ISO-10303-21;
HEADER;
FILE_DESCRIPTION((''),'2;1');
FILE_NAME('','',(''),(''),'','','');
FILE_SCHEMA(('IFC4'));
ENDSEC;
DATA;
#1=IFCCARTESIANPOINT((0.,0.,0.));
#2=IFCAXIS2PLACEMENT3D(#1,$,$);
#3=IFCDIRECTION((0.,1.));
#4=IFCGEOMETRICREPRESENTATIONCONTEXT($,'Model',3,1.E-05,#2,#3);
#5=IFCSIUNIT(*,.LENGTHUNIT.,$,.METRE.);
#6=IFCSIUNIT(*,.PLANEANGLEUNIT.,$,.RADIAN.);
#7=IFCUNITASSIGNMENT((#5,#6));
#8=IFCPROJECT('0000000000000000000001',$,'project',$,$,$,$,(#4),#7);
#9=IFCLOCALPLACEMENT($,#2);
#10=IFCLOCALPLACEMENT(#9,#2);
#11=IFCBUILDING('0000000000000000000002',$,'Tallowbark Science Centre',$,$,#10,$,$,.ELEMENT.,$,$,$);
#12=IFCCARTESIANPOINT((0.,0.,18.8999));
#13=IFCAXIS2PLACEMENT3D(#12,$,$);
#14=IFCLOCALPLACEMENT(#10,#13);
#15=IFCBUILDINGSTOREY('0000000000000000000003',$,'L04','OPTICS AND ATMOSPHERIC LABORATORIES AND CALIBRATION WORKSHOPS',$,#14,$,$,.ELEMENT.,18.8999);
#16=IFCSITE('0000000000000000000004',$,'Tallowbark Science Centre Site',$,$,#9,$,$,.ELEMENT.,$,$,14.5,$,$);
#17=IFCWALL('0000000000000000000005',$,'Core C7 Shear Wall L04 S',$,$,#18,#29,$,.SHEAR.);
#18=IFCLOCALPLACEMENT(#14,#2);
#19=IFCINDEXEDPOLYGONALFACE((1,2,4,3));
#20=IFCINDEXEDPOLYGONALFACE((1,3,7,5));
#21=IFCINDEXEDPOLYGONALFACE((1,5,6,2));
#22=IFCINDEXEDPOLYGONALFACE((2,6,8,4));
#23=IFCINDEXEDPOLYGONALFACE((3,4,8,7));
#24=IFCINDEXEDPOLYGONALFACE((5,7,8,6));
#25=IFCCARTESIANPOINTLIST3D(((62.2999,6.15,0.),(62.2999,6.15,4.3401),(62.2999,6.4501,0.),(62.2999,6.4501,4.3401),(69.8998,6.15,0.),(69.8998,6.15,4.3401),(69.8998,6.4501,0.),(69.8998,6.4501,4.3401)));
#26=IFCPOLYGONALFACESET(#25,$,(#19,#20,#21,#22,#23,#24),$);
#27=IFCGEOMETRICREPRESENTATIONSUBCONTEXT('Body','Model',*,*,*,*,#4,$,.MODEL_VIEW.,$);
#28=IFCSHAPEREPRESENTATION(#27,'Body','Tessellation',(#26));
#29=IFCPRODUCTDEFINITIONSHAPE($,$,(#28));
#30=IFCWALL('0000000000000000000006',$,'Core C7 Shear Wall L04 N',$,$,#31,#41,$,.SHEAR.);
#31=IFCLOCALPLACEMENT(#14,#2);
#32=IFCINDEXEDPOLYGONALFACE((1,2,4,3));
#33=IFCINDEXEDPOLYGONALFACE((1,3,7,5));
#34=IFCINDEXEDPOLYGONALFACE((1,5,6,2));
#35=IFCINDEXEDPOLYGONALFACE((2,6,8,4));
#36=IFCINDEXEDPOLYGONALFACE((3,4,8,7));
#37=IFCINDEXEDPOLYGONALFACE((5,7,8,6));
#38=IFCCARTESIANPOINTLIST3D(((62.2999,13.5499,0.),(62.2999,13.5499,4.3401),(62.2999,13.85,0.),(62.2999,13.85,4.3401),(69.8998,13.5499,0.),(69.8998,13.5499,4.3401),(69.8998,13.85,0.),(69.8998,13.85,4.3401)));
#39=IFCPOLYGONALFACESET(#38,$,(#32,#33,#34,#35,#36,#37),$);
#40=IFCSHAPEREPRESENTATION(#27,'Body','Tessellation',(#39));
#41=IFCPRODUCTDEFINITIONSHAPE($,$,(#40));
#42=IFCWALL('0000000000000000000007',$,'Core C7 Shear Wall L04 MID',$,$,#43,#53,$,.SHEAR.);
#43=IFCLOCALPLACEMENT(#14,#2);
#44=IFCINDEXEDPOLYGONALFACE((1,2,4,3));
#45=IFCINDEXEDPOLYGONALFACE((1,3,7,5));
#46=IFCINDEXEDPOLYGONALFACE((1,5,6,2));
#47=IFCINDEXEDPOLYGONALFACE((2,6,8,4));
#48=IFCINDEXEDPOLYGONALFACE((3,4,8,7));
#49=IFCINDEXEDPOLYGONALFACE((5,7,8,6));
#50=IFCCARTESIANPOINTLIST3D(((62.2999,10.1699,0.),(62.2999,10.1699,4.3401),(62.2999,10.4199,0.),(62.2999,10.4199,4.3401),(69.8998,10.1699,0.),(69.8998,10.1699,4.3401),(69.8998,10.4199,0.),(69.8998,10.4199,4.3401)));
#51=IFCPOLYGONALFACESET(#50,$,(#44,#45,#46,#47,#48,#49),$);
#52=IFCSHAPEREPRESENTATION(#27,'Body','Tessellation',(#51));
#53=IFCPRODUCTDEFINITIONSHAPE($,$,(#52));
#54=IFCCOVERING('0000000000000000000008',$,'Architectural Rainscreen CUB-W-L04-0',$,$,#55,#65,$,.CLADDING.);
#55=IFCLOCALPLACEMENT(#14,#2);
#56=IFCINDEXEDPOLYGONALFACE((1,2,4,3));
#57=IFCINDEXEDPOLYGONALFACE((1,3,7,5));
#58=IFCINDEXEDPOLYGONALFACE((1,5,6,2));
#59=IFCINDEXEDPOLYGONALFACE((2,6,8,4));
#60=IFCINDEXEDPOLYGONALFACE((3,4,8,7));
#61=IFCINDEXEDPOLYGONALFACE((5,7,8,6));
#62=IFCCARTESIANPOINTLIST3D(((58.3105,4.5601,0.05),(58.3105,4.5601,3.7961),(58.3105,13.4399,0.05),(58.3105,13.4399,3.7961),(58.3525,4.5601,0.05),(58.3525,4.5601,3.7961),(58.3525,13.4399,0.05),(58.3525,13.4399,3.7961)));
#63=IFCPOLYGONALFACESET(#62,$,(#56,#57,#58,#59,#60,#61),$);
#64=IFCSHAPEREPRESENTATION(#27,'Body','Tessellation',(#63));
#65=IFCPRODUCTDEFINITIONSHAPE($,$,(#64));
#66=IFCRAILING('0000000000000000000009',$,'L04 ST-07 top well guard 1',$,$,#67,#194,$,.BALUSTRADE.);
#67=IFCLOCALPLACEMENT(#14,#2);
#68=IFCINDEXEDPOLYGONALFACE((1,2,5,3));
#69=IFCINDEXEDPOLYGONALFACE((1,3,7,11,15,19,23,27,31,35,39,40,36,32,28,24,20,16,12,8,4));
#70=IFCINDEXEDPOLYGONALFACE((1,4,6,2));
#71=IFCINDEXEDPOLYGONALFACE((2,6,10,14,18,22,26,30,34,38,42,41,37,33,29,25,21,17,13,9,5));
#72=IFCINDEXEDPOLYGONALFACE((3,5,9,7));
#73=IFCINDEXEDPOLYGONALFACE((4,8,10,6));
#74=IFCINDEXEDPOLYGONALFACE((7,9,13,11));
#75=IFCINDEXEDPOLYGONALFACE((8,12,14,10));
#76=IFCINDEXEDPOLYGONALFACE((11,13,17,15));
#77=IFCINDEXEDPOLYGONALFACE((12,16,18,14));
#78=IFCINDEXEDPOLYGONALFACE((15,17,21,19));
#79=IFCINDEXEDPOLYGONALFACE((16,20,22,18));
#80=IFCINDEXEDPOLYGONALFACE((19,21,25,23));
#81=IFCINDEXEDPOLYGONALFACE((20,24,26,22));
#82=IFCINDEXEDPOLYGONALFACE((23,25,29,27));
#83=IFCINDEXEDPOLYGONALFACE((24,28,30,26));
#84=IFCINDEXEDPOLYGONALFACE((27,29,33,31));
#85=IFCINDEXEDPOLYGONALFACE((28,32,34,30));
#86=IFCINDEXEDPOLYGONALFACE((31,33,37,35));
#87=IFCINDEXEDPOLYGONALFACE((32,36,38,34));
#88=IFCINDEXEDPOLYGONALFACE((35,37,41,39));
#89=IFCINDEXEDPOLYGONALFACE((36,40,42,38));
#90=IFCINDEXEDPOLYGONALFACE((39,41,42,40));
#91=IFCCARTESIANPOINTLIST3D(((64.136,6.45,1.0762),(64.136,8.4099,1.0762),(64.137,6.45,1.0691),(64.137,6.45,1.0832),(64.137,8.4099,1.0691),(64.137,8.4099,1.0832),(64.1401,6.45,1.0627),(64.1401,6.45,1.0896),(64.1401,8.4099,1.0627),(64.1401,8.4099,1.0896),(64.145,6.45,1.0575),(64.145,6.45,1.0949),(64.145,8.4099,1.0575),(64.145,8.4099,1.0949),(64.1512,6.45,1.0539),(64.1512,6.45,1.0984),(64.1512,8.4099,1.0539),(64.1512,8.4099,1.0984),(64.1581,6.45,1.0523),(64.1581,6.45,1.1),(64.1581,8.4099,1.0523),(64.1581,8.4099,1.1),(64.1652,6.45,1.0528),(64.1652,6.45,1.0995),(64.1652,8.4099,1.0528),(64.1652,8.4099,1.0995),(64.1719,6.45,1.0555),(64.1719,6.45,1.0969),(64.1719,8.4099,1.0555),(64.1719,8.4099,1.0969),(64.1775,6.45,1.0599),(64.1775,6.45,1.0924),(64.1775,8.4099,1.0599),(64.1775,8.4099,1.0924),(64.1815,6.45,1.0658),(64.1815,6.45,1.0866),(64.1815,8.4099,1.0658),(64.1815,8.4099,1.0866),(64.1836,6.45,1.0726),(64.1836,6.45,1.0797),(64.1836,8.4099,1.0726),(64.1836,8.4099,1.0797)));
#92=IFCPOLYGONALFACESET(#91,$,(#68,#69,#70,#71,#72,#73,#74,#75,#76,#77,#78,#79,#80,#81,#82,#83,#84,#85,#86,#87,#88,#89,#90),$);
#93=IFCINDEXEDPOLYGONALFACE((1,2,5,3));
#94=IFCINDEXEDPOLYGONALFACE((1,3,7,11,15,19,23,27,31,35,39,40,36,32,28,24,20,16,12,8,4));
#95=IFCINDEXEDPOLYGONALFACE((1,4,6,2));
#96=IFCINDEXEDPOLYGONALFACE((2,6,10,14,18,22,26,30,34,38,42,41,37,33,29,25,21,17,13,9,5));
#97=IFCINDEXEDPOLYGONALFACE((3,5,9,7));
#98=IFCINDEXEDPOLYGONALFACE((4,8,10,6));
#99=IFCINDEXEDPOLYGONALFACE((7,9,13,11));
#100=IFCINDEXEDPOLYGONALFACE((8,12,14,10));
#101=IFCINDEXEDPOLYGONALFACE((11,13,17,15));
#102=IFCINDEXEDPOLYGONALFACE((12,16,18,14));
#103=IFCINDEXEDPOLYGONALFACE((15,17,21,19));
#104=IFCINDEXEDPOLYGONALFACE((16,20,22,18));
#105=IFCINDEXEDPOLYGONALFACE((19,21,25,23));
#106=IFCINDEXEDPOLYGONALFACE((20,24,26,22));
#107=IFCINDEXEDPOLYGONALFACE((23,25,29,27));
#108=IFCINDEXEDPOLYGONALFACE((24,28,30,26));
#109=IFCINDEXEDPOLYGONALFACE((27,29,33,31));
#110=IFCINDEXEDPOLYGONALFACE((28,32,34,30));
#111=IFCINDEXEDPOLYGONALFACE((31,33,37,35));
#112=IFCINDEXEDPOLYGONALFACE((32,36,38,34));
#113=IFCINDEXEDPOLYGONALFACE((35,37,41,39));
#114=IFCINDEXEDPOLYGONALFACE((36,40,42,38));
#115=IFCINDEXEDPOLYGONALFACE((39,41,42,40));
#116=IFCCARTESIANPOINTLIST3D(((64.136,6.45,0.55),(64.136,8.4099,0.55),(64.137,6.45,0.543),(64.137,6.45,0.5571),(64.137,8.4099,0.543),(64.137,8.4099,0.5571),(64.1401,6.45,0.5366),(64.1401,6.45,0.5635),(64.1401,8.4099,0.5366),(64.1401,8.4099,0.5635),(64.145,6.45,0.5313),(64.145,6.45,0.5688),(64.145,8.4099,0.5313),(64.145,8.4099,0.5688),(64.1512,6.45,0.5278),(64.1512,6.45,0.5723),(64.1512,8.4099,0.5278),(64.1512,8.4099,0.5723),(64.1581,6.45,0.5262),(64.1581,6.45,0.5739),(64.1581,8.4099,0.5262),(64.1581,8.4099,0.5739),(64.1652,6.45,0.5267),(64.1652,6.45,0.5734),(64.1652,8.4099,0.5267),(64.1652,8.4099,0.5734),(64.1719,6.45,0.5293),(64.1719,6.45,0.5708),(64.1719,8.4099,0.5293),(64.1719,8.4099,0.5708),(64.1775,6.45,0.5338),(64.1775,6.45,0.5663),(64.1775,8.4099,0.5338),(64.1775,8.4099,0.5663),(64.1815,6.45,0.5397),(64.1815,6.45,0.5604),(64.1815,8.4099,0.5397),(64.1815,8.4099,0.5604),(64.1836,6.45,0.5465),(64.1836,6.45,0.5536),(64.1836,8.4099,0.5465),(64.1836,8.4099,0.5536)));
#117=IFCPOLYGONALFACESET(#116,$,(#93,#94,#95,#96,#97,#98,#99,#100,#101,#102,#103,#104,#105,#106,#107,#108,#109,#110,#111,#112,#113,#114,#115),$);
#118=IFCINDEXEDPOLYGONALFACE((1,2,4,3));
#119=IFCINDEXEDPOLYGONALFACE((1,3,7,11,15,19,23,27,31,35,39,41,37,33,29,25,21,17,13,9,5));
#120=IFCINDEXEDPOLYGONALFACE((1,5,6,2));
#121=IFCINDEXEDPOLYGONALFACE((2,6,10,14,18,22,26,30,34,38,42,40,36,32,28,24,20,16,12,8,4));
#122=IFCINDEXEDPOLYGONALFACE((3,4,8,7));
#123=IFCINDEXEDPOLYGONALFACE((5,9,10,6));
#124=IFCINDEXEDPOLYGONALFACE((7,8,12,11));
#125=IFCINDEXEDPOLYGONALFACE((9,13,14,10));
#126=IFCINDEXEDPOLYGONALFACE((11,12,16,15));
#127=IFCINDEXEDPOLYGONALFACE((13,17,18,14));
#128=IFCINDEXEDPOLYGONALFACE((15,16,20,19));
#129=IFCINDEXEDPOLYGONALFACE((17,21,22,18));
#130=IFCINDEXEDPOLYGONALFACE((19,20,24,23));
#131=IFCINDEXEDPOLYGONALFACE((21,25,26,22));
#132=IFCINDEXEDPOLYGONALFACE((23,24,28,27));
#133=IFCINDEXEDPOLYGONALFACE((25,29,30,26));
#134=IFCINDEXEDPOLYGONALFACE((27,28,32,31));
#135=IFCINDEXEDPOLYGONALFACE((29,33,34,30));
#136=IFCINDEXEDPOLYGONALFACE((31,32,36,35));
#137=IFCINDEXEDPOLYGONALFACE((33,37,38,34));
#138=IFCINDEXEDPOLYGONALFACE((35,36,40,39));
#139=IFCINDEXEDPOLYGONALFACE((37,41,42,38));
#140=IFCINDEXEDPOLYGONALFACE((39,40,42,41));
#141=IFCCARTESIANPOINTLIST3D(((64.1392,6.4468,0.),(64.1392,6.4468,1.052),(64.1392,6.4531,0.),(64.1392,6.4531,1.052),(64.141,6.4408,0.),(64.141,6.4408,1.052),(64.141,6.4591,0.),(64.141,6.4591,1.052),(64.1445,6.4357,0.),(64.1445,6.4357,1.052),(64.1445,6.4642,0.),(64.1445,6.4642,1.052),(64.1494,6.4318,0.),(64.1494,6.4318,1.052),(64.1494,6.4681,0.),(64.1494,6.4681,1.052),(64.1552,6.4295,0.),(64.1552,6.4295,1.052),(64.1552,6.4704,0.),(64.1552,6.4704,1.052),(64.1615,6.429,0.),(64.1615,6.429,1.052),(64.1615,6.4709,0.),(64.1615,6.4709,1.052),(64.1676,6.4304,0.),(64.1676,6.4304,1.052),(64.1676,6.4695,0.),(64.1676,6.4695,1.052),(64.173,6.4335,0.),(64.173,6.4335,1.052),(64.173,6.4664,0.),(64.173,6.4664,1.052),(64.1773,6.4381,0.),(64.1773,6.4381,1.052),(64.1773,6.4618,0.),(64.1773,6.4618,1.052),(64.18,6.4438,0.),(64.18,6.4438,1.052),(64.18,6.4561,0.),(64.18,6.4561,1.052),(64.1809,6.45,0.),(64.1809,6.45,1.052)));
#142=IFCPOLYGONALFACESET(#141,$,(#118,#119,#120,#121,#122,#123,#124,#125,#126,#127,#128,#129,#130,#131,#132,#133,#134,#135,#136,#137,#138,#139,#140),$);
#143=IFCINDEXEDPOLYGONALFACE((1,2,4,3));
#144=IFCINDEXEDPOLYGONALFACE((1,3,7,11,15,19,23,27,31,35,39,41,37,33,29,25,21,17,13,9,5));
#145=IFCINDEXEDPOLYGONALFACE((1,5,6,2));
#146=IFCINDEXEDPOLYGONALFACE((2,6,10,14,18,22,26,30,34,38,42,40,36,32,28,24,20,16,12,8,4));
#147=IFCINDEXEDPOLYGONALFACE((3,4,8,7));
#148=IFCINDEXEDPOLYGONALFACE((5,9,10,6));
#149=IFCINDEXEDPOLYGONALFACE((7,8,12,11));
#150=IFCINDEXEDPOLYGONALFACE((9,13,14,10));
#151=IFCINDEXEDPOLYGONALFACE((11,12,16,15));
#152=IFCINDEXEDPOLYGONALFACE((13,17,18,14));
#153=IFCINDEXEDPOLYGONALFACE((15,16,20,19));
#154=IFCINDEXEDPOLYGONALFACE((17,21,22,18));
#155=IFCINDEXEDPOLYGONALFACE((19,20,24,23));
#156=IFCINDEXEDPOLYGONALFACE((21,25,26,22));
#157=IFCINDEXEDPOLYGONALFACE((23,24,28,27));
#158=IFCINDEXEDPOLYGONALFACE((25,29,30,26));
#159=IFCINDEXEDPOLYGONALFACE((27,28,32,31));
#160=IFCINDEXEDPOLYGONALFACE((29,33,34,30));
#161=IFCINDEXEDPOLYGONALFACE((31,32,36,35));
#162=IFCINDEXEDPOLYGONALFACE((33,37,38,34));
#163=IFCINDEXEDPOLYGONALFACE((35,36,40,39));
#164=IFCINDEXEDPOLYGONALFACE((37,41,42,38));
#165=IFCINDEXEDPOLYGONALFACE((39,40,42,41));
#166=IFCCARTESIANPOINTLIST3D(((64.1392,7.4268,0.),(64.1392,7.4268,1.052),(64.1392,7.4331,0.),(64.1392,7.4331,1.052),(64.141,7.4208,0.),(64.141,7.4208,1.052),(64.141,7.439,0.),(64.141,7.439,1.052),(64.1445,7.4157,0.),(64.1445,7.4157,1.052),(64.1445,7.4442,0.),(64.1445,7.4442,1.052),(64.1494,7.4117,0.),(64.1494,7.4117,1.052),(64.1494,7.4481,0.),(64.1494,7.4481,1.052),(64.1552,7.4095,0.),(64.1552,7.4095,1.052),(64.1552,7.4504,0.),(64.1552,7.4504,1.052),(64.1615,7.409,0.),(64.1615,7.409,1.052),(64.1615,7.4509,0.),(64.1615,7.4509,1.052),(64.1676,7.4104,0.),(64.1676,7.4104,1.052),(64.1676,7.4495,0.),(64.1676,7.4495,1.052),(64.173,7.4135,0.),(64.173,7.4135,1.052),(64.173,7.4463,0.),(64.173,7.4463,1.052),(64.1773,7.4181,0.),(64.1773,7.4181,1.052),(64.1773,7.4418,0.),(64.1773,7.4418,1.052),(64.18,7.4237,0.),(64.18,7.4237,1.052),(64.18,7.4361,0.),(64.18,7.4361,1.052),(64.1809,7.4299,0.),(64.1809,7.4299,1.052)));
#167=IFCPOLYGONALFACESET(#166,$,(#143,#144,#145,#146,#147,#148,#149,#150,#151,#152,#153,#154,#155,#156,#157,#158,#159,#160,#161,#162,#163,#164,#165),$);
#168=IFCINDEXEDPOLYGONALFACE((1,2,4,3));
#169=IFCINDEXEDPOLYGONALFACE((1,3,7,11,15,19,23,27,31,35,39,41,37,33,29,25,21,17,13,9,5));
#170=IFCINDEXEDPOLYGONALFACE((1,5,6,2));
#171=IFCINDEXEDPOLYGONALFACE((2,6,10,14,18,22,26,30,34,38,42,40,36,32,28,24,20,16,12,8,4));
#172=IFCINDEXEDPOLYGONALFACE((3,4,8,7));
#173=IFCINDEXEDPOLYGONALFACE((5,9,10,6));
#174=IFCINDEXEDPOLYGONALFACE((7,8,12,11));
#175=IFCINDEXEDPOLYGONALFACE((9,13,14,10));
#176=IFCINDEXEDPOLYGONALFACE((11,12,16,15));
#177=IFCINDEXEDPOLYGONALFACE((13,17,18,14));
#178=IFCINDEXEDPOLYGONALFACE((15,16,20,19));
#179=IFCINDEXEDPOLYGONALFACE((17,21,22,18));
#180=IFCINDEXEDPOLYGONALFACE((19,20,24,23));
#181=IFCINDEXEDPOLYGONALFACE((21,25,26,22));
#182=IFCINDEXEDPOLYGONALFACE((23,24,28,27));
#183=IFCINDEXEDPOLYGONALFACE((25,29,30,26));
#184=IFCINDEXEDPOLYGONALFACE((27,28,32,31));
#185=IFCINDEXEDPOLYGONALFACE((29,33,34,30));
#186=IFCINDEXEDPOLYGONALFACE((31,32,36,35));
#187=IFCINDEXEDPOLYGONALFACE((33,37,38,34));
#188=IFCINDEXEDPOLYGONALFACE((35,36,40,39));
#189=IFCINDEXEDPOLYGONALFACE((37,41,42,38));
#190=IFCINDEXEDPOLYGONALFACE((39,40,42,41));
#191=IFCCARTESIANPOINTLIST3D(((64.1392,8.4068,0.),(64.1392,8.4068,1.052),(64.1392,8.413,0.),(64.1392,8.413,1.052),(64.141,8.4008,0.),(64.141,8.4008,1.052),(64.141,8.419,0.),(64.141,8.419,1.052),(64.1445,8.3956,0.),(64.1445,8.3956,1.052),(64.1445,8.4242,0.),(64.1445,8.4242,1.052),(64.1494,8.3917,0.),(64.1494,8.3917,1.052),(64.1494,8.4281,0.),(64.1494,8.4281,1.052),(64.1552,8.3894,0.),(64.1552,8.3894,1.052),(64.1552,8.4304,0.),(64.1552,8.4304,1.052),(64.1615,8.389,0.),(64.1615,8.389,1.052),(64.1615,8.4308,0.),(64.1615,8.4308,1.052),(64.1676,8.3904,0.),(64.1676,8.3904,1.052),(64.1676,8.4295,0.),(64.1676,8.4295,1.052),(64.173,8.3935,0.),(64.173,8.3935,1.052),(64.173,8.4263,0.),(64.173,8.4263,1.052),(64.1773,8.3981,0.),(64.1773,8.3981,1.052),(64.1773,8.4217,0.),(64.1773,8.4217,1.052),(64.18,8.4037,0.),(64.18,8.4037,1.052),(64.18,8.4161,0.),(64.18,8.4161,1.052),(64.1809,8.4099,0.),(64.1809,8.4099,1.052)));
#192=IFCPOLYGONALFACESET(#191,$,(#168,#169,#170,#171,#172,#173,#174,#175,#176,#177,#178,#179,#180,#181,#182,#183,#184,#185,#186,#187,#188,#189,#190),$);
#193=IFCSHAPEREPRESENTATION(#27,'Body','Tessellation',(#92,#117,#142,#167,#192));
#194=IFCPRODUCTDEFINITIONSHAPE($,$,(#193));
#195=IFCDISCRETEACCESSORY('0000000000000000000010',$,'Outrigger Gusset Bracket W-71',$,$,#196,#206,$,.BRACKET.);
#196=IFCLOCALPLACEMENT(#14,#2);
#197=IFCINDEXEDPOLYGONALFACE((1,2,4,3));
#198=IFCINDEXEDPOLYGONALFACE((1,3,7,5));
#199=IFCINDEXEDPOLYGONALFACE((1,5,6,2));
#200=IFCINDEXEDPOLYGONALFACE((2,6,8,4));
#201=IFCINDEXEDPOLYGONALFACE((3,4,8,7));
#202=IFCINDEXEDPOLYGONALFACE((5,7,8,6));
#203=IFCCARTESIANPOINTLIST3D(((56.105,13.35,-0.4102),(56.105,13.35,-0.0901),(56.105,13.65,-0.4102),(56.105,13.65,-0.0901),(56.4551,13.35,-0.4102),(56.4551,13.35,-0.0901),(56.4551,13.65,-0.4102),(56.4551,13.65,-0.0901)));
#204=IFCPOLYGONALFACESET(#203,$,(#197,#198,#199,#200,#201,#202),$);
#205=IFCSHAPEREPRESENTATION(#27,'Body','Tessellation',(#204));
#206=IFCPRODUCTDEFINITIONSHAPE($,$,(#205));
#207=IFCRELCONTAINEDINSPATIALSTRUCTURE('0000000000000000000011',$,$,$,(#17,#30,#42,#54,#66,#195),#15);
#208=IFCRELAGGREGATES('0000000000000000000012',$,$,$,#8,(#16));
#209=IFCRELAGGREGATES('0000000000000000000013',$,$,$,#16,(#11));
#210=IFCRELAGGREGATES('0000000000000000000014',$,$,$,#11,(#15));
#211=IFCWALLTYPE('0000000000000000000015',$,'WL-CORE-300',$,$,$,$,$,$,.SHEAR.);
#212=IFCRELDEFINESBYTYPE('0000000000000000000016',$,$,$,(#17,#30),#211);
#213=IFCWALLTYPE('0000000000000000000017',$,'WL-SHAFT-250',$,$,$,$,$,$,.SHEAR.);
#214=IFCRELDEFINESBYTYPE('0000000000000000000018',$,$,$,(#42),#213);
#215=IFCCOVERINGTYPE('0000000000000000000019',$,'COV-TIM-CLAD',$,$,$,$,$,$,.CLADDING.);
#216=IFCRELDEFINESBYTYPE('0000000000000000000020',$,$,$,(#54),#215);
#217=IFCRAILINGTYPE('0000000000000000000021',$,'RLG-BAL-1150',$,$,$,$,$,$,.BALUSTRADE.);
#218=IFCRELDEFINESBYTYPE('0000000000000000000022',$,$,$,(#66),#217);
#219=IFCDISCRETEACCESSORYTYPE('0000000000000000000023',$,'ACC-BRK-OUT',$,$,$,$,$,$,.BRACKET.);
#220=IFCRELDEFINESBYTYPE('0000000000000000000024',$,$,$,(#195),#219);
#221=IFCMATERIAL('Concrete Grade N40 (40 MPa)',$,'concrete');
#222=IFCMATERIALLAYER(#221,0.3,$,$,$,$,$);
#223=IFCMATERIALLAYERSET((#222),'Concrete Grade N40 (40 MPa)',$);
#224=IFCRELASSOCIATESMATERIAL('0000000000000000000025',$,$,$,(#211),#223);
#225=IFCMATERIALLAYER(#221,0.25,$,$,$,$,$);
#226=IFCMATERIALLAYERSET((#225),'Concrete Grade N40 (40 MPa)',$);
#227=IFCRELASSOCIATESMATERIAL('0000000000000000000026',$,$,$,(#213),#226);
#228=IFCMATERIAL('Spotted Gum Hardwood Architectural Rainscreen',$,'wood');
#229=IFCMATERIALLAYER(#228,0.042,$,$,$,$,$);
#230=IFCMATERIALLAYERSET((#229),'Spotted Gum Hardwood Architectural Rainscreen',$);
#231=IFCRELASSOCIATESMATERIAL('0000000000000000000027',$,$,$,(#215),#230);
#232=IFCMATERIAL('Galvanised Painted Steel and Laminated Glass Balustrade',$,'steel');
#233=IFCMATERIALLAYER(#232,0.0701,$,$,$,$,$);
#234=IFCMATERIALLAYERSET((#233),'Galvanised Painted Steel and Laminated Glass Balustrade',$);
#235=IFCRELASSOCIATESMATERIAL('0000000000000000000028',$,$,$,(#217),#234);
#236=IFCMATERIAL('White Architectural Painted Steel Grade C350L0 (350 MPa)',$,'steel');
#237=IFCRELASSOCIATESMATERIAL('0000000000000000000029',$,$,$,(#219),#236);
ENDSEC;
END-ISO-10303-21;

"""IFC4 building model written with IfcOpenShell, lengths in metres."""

from ifc_helpers import new_model, si_unit, direction, frame, frame_2d, origin, origin_2d, place, context, subcontext, project, spatial, rectangle, circle, extrude, material, layer, layer_set, type_object, element, save


model = new_model("IFC4")

# Units and contexts
model_context = context("Model", 3, precision=1e-05, world=origin(), true_north=direction((0.0, 1.0)))
body_context = subcontext(model_context, "Body", "Model", "MODEL_VIEW")
ifc_project = project(units=[si_unit("LENGTHUNIT", "METRE"), si_unit("PLANEANGLEUNIT", "RADIAN")], contexts=[model_context])

# Site, building, storey
site_placement = place(None, origin())
site = spatial("IfcSite", under=ifc_project, at=site_placement, Name="Tallowbark Science Centre Site", CompositionType="ELEMENT", RefElevation=14.5)
building_placement = place(site_placement, origin())
building = spatial("IfcBuilding", under=site, at=building_placement, Name="Tallowbark Science Centre", CompositionType="ELEMENT")
storey_placement = place(building_placement, frame((0.0, 0.0, 18.8999)))
storey = spatial("IfcBuildingStorey", under=building, at=storey_placement, Name="L04", Description="OPTICS AND ATMOSPHERIC LABORATORIES AND CALIBRATION WORKSHOPS", CompositionType="ELEMENT", Elevation=18.8999)

# Shared definitions
ifc_material_1 = material(Name="White Architectural Painted Steel Grade C350L0 (350 MPa)", Category="steel")

# Shared definitions
ifc_material_2 = material(Name="Concrete Grade N40 (40 MPa)", Category="concrete")
ifc_layer_1 = layer(ifc_material_2, 0.3)
ifc_layer_set_1 = layer_set([ifc_layer_1], Name="Concrete Grade N40 (40 MPa)")
wall_type_1 = type_object("IfcWallType", Name="WL-CORE-300", PredefinedType="SHEAR", material=ifc_layer_set_1)

# Walls
for number, where, z_axis, x_axis, name in (
    (1, (62.3, 6.3, 0.0), (0.0, 0.0, 1.0), (1.0, 0.0, 0.0), "Core C7 Shear Wall L04 S"),
    (2, (62.3, 13.7, 0.0), (0.0, 0.0, 1.0), (1.0, 0.0, 0.0), "Core C7 Shear Wall L04 N"),
):
    element("IfcWall", number, at=place(storey_placement, frame(where, z_axis=z_axis, x_axis=x_axis)), inside=storey, type_object=wall_type_1, Name=name, PredefinedType="SHEAR", context=body_context, shape_type="SweptSolid", body=[
        extrude(rectangle(XDim=7.5999, YDim=0.3, at=frame_2d((3.7998, 0.0))), origin(), (0.0, 0.0, 1.0), 4.3401),
    ])
ifc_layer_2 = layer(ifc_material_2, 0.25)
ifc_layer_set_2 = layer_set([ifc_layer_2], Name="Concrete Grade N40 (40 MPa)")
wall_type_2 = type_object("IfcWallType", Name="WL-SHAFT-250", PredefinedType="SHEAR", material=ifc_layer_set_2)
wall_1_placement = place(storey_placement, frame((62.3, 10.2949, 0.0), z_axis=(0.0, 0.0, 1.0), x_axis=(1.0, 0.0, 0.0)))
element("IfcWall", 3, at=wall_1_placement, inside=storey, type_object=wall_type_2, Name="Core C7 Shear Wall L04 MID", PredefinedType="SHEAR", context=body_context, shape_type="SweptSolid", body=[
    extrude(rectangle(XDim=7.5999, YDim=0.25, at=frame_2d((3.7998, 0.0))), origin(), (0.0, 0.0, 1.0), 4.3401),
])

# Covering
ifc_material_3 = material(Name="Spotted Gum Hardwood Architectural Rainscreen", Category="wood")
ifc_layer_3 = layer(ifc_material_3, 0.042)
ifc_layer_set_3 = layer_set([ifc_layer_3], Name="Spotted Gum Hardwood Architectural Rainscreen")
covering_type = type_object("IfcCoveringType", Name="COV-TIM-CLAD", PredefinedType="CLADDING", material=ifc_layer_set_3)
covering_placement = place(storey_placement, frame((58.3315, 9.0, 0.05), z_axis=(0.0, 0.0, 1.0), x_axis=(0.0, -1.0, 0.0)))
element("IfcCovering", 4, at=covering_placement, inside=storey, type_object=covering_type, Name="Architectural Rainscreen CUB-W-L04-0", PredefinedType="CLADDING", context=body_context, shape_type="SweptSolid", body=[
    extrude(rectangle(XDim=8.8799, YDim=0.042, at=origin_2d()), origin(), (0.0, 0.0, 1.0), 3.7461),
])

# Railing
ifc_material_4 = material(Name="Galvanised Painted Steel and Laminated Glass Balustrade", Category="steel")
ifc_layer_4 = layer(ifc_material_4, 0.0701)
ifc_layer_set_4 = layer_set([ifc_layer_4], Name="Galvanised Painted Steel and Laminated Glass Balustrade")
railing_type = type_object("IfcRailingType", Name="RLG-BAL-1150", PredefinedType="BALUSTRADE", material=ifc_layer_set_4)
railing_placement = place(storey_placement, frame((64.1599, 6.45, 0.0)))
element("IfcRailing", 5, at=railing_placement, inside=storey, type_object=railing_type, Name="L04 ST-07 top well guard 1", PredefinedType="BALUSTRADE", context=body_context, shape_type="SweptSolid", body=[
    extrude(circle(Radius=0.0239, at=origin_2d()), frame((0.0, 0.0, 1.0762), z_axis=(0.0, 1.0, 0.0), x_axis=(-1.0, 0.0, 0.0)), (0.0, 0.0, 1.0), 1.96),
    extrude(circle(Radius=0.0239, at=origin_2d()), frame((0.0, 0.0, 0.55), z_axis=(0.0, 1.0, 0.0), x_axis=(-1.0, 0.0, 0.0)), (0.0, 0.0, 1.0), 1.96),
    extrude(circle(Radius=0.021, at=origin_2d()), origin(), (0.0, 0.0, 1.0), 1.052),
    extrude(circle(Radius=0.021, at=origin_2d()), frame((0.0, 0.98, 0.0)), (0.0, 0.0, 1.0), 1.052),
    extrude(circle(Radius=0.021, at=origin_2d()), frame((0.0, 1.96, 0.0)), (0.0, 0.0, 1.0), 1.052),
])

# Discrete accessory
discrete_accessory_type_1 = type_object("IfcDiscreteAccessoryType", Name="ACC-BRK-OUT", PredefinedType="BRACKET", material=ifc_material_1)
discrete_accessory_1_placement = place(storey_placement, frame((56.28, 13.5, -0.4102), z_axis=(0.0, 0.0, 1.0), x_axis=(1.0, 0.0, 0.0)))
element("IfcDiscreteAccessory", 6, at=discrete_accessory_1_placement, inside=storey, type_object=discrete_accessory_type_1, Name="Outrigger Gusset Bracket W-71", PredefinedType="BRACKET", context=body_context, shape_type="SweptSolid", body=[
    extrude(rectangle(XDim=0.3501, YDim=0.3, at=origin_2d()), origin(), (0.0, 0.0, 1.0), 0.3201),
])

save(model, "model.ifc")
